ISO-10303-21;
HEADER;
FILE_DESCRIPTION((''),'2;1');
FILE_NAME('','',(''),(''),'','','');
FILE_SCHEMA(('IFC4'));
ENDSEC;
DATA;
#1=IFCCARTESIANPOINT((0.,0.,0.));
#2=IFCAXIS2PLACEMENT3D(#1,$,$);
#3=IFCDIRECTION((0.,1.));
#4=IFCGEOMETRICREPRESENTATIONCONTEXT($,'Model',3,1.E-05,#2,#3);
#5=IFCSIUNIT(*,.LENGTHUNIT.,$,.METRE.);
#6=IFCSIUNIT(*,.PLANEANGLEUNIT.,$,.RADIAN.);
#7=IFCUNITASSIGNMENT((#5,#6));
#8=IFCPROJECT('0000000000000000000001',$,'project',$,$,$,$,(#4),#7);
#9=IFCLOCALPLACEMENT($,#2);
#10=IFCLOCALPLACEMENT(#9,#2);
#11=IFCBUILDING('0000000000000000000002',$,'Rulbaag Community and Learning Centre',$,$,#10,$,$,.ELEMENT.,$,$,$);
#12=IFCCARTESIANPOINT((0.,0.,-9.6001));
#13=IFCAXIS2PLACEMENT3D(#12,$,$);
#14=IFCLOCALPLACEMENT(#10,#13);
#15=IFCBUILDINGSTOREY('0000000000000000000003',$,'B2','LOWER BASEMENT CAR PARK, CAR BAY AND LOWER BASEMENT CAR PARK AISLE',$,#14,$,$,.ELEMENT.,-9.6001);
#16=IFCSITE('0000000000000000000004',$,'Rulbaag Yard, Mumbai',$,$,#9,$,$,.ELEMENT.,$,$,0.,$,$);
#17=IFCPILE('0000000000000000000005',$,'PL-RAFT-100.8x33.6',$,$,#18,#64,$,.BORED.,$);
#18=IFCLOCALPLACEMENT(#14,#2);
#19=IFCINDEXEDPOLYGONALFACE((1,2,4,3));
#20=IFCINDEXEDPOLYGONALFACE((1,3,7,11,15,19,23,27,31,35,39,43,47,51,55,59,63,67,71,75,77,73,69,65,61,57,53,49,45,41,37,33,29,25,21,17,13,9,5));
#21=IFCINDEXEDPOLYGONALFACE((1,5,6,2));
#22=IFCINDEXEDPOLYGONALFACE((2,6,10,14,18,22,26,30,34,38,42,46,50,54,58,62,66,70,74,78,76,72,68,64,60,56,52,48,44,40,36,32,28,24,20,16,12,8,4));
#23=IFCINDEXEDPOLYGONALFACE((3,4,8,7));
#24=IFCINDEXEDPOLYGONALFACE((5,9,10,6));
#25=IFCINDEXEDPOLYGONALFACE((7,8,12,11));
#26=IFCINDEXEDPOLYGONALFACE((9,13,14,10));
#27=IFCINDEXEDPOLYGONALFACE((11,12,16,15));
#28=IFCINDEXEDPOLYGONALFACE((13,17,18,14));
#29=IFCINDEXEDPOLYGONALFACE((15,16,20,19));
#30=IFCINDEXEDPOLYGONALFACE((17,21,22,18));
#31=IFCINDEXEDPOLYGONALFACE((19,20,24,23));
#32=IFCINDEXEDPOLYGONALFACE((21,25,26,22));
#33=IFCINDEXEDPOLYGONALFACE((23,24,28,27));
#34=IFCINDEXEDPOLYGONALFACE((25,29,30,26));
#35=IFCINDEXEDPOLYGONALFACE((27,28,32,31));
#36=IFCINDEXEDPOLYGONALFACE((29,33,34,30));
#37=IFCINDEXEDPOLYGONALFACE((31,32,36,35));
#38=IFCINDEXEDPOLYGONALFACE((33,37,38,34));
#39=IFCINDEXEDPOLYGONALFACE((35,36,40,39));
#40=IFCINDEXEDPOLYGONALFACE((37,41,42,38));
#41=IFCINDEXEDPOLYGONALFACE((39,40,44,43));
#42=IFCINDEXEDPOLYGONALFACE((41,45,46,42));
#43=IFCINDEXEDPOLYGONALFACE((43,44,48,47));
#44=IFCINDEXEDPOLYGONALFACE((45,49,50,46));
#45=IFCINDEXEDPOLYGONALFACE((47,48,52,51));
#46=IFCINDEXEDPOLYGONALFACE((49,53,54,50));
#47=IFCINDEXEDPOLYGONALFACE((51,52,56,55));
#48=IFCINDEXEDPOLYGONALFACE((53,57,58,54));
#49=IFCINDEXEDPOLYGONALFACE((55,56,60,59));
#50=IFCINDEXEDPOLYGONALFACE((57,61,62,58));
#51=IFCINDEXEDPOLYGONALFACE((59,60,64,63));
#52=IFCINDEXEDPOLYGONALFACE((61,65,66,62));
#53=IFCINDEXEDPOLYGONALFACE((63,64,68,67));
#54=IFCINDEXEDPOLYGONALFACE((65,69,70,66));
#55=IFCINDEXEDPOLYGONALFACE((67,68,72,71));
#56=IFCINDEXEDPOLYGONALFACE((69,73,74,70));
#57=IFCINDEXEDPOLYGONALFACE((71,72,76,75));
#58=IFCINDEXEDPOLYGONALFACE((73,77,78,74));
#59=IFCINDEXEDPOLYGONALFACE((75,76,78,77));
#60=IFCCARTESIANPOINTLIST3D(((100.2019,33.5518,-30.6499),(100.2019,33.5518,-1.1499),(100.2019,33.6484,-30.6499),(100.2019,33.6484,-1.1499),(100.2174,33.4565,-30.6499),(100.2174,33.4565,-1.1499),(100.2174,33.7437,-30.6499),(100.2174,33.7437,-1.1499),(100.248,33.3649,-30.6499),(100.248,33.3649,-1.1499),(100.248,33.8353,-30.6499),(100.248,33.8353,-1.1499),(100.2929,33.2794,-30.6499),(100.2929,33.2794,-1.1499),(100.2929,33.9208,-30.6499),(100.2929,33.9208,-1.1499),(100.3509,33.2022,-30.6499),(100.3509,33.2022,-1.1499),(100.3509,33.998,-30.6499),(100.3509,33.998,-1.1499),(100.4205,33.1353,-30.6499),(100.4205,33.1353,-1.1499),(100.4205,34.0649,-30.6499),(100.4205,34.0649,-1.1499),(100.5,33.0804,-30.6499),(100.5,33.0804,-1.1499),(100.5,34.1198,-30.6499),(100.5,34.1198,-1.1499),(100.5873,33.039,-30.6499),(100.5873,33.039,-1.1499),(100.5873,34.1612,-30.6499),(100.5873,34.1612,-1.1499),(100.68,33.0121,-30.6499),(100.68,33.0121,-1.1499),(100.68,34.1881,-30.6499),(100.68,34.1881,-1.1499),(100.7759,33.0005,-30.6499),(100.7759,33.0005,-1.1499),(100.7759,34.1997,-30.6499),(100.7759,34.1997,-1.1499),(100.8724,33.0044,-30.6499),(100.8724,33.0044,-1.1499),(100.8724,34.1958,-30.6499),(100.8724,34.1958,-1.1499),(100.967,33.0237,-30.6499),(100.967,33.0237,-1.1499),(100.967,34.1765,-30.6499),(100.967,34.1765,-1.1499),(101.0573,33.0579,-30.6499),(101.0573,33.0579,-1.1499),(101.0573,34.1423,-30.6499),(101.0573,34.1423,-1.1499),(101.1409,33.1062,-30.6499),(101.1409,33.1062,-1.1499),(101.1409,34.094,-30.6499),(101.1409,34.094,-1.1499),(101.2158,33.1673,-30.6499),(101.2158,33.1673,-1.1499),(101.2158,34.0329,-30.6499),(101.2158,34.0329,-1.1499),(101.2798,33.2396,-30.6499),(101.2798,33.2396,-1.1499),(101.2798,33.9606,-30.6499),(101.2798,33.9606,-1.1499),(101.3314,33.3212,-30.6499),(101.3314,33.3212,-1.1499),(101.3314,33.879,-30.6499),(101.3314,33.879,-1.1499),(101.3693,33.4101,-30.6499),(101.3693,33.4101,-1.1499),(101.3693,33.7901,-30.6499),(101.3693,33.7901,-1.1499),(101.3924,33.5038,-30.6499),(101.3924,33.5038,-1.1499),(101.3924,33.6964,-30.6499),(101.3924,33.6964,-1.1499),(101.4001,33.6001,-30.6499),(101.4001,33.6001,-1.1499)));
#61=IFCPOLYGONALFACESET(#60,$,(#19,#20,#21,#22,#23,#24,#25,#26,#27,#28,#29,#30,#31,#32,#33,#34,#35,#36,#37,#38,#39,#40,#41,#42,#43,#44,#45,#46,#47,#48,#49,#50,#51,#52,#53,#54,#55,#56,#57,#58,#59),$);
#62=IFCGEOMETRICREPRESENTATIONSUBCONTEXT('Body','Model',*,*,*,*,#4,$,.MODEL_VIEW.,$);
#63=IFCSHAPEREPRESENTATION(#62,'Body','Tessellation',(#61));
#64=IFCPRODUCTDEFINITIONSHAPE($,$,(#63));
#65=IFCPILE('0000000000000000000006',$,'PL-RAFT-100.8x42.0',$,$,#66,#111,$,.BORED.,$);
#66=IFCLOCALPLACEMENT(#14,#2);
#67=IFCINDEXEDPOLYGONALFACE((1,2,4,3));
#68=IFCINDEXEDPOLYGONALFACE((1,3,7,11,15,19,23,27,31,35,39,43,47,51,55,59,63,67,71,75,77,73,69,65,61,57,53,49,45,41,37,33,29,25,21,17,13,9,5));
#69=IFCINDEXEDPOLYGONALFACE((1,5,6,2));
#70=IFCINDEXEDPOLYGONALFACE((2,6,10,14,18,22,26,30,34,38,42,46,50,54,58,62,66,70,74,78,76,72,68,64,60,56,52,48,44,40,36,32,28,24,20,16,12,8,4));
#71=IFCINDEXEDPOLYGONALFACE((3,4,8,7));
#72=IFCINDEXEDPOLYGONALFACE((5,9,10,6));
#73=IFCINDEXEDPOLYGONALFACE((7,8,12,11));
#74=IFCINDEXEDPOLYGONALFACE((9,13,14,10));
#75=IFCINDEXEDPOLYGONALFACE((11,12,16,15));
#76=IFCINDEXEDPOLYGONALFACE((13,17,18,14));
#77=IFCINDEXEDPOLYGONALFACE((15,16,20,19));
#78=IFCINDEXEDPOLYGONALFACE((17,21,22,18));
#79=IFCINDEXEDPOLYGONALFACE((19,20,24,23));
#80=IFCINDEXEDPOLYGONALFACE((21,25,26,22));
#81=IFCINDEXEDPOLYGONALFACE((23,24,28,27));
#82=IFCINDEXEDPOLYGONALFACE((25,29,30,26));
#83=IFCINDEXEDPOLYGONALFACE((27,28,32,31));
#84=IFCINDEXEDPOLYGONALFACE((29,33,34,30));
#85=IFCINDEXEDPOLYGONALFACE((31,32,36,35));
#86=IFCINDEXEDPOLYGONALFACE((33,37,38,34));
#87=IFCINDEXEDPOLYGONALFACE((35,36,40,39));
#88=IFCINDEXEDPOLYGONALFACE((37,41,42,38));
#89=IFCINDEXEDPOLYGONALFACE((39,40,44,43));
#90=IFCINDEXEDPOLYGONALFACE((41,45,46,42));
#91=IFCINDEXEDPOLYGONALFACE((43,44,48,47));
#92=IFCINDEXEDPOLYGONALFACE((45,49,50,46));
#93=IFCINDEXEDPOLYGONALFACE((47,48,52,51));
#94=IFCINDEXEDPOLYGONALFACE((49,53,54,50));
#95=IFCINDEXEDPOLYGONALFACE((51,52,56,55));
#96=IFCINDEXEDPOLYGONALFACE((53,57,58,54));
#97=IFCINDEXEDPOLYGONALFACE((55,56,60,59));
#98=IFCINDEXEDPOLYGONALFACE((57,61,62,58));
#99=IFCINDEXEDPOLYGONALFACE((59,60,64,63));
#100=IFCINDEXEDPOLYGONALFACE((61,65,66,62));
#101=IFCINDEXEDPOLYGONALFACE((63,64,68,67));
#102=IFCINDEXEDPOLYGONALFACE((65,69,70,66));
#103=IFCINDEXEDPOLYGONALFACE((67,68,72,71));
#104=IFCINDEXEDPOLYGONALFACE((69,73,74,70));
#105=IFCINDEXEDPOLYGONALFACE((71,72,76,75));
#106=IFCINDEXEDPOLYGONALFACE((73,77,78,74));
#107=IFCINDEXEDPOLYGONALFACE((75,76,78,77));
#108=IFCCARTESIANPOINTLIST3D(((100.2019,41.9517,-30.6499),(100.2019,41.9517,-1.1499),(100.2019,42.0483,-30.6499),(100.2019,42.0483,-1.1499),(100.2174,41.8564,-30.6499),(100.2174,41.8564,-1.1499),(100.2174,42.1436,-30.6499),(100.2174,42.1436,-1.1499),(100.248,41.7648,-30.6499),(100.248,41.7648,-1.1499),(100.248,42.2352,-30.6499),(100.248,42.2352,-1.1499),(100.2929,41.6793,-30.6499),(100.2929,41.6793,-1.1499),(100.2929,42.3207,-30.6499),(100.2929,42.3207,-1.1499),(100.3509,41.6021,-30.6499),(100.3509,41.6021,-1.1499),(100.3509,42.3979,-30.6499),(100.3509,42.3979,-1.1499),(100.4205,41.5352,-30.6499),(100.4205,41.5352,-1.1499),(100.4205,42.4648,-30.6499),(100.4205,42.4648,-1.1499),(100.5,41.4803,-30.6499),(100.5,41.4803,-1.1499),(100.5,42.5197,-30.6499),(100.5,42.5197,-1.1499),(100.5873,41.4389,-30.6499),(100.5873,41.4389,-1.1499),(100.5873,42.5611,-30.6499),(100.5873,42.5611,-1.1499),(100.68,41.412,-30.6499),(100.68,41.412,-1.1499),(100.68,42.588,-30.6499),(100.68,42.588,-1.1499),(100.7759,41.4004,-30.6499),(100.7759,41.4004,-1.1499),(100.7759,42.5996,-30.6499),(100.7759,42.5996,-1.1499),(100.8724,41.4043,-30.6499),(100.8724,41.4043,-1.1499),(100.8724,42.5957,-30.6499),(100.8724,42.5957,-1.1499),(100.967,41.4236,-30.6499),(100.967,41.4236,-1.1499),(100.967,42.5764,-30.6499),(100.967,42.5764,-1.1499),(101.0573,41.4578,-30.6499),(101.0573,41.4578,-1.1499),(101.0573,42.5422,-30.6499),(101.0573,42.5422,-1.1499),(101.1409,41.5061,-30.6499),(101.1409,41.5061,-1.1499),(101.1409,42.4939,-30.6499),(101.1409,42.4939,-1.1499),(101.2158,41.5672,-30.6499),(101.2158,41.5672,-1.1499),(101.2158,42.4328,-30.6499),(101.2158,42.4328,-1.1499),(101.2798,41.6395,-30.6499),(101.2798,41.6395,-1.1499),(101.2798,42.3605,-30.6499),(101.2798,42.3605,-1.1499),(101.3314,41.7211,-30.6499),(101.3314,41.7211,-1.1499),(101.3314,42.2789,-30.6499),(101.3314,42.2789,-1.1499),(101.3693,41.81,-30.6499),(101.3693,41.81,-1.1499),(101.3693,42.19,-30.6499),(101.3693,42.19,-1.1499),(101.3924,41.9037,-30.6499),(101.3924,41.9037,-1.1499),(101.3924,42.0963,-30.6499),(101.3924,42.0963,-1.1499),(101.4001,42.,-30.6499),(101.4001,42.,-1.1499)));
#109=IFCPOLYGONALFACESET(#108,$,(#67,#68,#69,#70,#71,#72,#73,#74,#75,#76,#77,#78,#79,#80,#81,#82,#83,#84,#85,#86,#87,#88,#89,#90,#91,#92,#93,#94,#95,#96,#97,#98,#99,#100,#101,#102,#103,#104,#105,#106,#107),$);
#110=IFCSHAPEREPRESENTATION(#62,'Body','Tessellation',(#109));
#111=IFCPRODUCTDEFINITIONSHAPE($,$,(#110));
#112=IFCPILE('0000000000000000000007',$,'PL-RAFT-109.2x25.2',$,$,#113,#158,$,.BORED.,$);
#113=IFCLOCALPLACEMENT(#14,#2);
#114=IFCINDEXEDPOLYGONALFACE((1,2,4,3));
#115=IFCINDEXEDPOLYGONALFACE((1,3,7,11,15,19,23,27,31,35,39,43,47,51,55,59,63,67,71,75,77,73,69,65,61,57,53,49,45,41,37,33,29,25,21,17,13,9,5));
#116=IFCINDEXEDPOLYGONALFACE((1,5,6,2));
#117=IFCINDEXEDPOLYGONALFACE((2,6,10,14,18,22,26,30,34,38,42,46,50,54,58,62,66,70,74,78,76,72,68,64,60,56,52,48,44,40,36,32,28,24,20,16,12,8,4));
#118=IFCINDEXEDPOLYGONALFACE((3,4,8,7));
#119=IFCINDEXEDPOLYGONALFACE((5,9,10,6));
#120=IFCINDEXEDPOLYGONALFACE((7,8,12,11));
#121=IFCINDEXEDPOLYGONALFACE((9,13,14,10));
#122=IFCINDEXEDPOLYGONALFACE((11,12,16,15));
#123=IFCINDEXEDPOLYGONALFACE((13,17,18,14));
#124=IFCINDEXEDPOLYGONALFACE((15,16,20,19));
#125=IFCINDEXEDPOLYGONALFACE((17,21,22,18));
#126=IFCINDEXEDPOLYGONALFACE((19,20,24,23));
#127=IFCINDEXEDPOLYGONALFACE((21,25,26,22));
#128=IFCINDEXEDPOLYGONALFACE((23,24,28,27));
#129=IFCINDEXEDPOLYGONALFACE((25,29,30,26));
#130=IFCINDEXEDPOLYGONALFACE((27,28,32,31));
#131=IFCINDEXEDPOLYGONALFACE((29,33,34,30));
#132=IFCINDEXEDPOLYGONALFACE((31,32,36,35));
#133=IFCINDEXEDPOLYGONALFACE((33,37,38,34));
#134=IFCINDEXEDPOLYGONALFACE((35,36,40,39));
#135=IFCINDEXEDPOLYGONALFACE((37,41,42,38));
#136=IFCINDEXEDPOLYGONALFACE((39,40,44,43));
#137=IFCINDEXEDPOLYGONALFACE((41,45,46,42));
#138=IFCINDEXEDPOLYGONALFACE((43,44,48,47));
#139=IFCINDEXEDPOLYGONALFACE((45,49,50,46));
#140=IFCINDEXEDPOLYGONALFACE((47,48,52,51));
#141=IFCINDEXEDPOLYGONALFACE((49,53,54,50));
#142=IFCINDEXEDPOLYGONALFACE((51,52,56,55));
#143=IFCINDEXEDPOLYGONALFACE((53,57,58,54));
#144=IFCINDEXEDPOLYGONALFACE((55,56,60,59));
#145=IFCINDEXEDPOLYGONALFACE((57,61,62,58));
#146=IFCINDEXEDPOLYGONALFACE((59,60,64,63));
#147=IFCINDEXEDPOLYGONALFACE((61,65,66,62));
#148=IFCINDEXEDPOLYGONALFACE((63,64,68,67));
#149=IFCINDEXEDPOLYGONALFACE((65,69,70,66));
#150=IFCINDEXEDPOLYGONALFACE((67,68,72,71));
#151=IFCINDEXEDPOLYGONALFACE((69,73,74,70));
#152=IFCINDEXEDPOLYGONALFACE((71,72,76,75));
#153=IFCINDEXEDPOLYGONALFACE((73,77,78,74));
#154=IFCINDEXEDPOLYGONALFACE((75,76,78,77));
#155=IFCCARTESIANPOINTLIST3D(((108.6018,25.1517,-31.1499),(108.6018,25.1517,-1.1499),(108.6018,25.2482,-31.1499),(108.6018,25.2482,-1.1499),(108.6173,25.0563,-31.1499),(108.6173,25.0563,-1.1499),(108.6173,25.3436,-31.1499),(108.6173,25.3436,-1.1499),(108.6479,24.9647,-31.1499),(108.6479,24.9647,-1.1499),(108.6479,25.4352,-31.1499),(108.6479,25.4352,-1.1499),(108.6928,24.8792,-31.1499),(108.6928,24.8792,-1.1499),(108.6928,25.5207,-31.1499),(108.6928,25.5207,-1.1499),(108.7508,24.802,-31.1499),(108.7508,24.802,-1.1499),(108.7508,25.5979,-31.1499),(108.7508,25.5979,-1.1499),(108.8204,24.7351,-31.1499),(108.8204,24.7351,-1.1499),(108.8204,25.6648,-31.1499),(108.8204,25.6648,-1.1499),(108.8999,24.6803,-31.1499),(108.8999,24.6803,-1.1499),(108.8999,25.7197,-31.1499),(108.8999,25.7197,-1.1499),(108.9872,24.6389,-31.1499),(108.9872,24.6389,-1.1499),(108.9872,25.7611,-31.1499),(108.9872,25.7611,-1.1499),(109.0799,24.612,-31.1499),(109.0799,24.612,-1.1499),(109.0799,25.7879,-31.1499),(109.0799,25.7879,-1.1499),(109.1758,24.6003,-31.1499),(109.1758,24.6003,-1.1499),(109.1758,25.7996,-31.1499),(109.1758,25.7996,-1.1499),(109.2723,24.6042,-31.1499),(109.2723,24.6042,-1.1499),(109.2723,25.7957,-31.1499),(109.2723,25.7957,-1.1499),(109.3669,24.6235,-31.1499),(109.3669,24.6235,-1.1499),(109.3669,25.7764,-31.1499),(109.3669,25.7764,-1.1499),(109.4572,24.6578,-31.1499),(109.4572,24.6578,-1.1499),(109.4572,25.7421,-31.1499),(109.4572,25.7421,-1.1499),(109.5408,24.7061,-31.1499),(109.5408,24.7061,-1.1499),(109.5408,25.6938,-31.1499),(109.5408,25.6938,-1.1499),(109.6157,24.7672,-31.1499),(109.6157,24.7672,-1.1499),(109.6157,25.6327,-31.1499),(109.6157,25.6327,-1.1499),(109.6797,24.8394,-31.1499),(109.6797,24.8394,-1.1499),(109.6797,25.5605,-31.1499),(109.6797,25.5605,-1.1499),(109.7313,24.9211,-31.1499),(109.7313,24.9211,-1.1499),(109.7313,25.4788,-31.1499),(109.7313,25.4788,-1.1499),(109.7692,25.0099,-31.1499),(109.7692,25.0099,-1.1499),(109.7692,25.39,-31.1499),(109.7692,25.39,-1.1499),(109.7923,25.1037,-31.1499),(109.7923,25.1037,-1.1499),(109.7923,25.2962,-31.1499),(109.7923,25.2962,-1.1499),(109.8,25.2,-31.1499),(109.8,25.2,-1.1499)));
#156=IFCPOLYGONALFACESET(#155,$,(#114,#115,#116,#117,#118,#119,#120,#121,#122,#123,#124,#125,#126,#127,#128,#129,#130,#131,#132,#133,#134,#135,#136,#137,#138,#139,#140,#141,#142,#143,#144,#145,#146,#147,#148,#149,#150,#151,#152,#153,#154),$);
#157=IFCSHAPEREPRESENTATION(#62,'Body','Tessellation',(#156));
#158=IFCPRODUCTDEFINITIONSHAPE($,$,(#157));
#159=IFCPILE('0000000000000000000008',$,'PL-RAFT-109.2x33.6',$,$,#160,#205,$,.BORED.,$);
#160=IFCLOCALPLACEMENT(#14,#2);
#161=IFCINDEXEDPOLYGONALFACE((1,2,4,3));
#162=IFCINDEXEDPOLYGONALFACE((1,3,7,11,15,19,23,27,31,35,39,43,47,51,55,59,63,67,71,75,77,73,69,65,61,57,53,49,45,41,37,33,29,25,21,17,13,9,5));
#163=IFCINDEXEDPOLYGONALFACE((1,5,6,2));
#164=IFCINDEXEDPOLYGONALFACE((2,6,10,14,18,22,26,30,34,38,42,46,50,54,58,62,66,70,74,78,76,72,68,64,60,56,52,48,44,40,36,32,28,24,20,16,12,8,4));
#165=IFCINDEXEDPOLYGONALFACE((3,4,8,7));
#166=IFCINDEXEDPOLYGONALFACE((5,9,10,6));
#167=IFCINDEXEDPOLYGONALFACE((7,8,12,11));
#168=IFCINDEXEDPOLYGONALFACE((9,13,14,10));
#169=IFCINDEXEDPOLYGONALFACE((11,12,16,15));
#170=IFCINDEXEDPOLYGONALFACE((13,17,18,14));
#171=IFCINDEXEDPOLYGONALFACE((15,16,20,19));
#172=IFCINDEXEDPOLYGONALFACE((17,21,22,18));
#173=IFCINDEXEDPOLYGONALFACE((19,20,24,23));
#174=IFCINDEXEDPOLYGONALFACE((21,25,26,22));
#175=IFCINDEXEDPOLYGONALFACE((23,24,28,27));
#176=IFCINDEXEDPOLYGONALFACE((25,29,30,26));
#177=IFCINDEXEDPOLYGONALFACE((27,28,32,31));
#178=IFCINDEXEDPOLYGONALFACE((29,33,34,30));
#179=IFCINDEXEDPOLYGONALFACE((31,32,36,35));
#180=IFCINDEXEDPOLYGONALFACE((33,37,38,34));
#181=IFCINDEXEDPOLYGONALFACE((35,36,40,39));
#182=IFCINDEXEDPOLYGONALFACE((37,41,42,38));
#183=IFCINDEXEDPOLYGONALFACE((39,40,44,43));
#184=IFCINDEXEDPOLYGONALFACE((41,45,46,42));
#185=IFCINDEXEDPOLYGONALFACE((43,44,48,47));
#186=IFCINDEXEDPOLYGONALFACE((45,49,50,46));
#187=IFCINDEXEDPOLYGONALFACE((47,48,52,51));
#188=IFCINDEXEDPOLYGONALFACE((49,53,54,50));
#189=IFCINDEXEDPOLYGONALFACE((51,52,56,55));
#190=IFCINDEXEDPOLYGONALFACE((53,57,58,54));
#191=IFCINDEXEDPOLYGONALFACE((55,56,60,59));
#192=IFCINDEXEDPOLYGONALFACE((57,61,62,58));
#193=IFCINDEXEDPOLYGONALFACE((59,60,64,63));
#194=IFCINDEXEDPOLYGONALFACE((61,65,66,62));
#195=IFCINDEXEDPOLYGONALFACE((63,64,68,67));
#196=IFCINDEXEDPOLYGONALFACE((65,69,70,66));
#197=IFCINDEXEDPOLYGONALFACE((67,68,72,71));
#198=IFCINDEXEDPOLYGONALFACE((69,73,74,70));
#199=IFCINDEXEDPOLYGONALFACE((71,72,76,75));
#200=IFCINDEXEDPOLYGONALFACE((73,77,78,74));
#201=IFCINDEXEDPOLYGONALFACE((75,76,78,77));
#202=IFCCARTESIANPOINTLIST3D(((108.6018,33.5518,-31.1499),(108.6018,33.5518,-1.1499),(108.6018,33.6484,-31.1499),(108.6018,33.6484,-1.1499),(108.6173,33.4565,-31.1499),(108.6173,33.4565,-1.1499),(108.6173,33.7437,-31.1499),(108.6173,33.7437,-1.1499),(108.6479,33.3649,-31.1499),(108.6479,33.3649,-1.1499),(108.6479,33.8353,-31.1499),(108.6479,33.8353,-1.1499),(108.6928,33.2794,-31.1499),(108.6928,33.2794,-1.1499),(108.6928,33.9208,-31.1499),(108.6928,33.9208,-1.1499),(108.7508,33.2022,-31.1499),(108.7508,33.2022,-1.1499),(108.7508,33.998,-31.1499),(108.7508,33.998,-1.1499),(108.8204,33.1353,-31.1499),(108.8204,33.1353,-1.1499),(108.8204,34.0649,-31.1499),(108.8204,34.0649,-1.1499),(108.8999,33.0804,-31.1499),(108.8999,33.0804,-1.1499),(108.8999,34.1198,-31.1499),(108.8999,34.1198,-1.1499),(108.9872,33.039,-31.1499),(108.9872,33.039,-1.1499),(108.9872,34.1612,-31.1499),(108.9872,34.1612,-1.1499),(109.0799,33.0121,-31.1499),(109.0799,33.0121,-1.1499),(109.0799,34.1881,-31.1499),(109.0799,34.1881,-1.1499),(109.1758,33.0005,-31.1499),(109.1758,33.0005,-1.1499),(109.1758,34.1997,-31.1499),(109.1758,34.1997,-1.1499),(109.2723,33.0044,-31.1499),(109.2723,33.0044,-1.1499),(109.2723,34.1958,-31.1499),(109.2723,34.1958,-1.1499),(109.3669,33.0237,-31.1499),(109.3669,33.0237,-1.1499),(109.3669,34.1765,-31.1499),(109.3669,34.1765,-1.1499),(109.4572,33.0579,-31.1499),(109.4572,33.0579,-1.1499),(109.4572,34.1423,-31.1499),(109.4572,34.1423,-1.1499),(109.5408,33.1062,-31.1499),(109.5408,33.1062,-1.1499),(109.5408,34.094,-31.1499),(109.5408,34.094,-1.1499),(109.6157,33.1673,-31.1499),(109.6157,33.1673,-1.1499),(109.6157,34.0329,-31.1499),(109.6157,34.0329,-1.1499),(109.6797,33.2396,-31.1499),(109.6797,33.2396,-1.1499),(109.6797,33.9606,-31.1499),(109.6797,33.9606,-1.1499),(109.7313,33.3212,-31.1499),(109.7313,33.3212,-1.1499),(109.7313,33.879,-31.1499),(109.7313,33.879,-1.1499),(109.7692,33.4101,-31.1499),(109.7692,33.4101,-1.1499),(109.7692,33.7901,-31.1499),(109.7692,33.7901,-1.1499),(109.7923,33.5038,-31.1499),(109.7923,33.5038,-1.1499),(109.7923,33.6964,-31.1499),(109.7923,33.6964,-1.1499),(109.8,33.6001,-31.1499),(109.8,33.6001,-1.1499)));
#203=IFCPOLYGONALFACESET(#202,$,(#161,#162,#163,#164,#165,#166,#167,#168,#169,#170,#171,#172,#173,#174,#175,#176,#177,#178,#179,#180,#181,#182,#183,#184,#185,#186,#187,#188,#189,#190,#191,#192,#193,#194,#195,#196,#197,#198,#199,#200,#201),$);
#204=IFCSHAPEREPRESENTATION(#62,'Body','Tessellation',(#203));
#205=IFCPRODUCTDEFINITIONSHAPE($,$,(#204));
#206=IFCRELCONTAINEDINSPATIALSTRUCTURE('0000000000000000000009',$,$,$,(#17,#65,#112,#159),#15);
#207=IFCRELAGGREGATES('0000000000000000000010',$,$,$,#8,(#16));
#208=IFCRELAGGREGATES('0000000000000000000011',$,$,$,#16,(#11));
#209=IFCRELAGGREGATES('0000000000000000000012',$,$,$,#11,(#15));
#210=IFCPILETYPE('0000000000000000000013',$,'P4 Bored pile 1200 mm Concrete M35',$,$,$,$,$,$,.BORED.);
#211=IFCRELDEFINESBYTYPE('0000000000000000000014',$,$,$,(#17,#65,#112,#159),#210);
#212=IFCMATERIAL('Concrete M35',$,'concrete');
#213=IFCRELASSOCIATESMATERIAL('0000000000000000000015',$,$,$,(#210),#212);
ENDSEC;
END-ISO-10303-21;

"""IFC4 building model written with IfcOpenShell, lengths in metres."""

from ifc_helpers import new_model, si_unit, direction, frame, origin, origin_2d, place, context, subcontext, project, spatial, circle, extrude, material, material_profile, profile_set, type_object, element, save


model = new_model("IFC4")

# Units and contexts
model_context = context("Model", 3, precision=1e-05, world=origin(), true_north=direction((0.0, 1.0)))
body_context = subcontext(model_context, "Body", "Model", "MODEL_VIEW")
ifc_project = project(units=[si_unit("LENGTHUNIT", "METRE"), si_unit("PLANEANGLEUNIT", "RADIAN")], contexts=[model_context])

# Site, building, storey
site_placement = place(None, origin())
site = spatial("IfcSite", under=ifc_project, at=site_placement, Name="Rulbaag Yard, Mumbai", CompositionType="ELEMENT", RefElevation=0.0)
building_placement = place(site_placement, origin())
building = spatial("IfcBuilding", under=site, at=building_placement, Name="Rulbaag Community and Learning Centre", CompositionType="ELEMENT")
storey_placement = place(building_placement, frame((0.0, 0.0, -9.6001)))
storey = spatial("IfcBuildingStorey", under=building, at=storey_placement, Name="B2", Description="LOWER BASEMENT CAR PARK, CAR BAY AND LOWER BASEMENT CAR PARK AISLE", CompositionType="ELEMENT", Elevation=-9.6001)

# Piles
ifc_material_1 = material(Name="Concrete M35", Category="concrete")
ifc_material_profile_1 = material_profile(ifc_material_1, circle(Radius=0.6001, at=origin_2d()), Name="BP1200")
ifc_profile_set_1 = profile_set([ifc_material_profile_1], Name="Concrete M35")
pile_type_1 = type_object("IfcPileType", Name="P4 Bored pile 1200 mm Concrete M35", PredefinedType="BORED", material=ifc_profile_set_1)
for number, where, z_axis, x_axis, name in (
    (1, (100.8, 33.6001, -1.1499), (0.0, 0.0, -1.0), (1.0, 0.0, 0.0), "PL-RAFT-100.8x33.6"),
    (2, (100.8, 42.0, -1.1499), (0.0, 0.0, -1.0), (1.0, 0.0, 0.0), "PL-RAFT-100.8x42.0"),
):
    element("IfcPile", number, at=place(storey_placement, frame(where, z_axis=z_axis, x_axis=x_axis)), inside=storey, type_object=pile_type_1, Name=name, PredefinedType="BORED", context=body_context, shape_type="SweptSolid", body=[
        extrude(circle(Radius=0.6001, at=origin_2d()), origin(), (0.0, 0.0, 1.0), 29.5),
    ])
for number, where, z_axis, x_axis, name in (
    (3, (109.2, 25.2, -1.1499), (0.0, 0.0, -1.0), (1.0, 0.0, 0.0), "PL-RAFT-109.2x25.2"),
    (4, (109.2, 33.6001, -1.1499), (0.0, 0.0, -1.0), (1.0, 0.0, 0.0), "PL-RAFT-109.2x33.6"),
):
    element("IfcPile", number, at=place(storey_placement, frame(where, z_axis=z_axis, x_axis=x_axis)), inside=storey, type_object=pile_type_1, Name=name, PredefinedType="BORED", context=body_context, shape_type="SweptSolid", body=[
        extrude(circle(Radius=0.6001, at=origin_2d()), origin(), (0.0, 0.0, 1.0), 30.0),
    ])

save(model, "model.ifc")
